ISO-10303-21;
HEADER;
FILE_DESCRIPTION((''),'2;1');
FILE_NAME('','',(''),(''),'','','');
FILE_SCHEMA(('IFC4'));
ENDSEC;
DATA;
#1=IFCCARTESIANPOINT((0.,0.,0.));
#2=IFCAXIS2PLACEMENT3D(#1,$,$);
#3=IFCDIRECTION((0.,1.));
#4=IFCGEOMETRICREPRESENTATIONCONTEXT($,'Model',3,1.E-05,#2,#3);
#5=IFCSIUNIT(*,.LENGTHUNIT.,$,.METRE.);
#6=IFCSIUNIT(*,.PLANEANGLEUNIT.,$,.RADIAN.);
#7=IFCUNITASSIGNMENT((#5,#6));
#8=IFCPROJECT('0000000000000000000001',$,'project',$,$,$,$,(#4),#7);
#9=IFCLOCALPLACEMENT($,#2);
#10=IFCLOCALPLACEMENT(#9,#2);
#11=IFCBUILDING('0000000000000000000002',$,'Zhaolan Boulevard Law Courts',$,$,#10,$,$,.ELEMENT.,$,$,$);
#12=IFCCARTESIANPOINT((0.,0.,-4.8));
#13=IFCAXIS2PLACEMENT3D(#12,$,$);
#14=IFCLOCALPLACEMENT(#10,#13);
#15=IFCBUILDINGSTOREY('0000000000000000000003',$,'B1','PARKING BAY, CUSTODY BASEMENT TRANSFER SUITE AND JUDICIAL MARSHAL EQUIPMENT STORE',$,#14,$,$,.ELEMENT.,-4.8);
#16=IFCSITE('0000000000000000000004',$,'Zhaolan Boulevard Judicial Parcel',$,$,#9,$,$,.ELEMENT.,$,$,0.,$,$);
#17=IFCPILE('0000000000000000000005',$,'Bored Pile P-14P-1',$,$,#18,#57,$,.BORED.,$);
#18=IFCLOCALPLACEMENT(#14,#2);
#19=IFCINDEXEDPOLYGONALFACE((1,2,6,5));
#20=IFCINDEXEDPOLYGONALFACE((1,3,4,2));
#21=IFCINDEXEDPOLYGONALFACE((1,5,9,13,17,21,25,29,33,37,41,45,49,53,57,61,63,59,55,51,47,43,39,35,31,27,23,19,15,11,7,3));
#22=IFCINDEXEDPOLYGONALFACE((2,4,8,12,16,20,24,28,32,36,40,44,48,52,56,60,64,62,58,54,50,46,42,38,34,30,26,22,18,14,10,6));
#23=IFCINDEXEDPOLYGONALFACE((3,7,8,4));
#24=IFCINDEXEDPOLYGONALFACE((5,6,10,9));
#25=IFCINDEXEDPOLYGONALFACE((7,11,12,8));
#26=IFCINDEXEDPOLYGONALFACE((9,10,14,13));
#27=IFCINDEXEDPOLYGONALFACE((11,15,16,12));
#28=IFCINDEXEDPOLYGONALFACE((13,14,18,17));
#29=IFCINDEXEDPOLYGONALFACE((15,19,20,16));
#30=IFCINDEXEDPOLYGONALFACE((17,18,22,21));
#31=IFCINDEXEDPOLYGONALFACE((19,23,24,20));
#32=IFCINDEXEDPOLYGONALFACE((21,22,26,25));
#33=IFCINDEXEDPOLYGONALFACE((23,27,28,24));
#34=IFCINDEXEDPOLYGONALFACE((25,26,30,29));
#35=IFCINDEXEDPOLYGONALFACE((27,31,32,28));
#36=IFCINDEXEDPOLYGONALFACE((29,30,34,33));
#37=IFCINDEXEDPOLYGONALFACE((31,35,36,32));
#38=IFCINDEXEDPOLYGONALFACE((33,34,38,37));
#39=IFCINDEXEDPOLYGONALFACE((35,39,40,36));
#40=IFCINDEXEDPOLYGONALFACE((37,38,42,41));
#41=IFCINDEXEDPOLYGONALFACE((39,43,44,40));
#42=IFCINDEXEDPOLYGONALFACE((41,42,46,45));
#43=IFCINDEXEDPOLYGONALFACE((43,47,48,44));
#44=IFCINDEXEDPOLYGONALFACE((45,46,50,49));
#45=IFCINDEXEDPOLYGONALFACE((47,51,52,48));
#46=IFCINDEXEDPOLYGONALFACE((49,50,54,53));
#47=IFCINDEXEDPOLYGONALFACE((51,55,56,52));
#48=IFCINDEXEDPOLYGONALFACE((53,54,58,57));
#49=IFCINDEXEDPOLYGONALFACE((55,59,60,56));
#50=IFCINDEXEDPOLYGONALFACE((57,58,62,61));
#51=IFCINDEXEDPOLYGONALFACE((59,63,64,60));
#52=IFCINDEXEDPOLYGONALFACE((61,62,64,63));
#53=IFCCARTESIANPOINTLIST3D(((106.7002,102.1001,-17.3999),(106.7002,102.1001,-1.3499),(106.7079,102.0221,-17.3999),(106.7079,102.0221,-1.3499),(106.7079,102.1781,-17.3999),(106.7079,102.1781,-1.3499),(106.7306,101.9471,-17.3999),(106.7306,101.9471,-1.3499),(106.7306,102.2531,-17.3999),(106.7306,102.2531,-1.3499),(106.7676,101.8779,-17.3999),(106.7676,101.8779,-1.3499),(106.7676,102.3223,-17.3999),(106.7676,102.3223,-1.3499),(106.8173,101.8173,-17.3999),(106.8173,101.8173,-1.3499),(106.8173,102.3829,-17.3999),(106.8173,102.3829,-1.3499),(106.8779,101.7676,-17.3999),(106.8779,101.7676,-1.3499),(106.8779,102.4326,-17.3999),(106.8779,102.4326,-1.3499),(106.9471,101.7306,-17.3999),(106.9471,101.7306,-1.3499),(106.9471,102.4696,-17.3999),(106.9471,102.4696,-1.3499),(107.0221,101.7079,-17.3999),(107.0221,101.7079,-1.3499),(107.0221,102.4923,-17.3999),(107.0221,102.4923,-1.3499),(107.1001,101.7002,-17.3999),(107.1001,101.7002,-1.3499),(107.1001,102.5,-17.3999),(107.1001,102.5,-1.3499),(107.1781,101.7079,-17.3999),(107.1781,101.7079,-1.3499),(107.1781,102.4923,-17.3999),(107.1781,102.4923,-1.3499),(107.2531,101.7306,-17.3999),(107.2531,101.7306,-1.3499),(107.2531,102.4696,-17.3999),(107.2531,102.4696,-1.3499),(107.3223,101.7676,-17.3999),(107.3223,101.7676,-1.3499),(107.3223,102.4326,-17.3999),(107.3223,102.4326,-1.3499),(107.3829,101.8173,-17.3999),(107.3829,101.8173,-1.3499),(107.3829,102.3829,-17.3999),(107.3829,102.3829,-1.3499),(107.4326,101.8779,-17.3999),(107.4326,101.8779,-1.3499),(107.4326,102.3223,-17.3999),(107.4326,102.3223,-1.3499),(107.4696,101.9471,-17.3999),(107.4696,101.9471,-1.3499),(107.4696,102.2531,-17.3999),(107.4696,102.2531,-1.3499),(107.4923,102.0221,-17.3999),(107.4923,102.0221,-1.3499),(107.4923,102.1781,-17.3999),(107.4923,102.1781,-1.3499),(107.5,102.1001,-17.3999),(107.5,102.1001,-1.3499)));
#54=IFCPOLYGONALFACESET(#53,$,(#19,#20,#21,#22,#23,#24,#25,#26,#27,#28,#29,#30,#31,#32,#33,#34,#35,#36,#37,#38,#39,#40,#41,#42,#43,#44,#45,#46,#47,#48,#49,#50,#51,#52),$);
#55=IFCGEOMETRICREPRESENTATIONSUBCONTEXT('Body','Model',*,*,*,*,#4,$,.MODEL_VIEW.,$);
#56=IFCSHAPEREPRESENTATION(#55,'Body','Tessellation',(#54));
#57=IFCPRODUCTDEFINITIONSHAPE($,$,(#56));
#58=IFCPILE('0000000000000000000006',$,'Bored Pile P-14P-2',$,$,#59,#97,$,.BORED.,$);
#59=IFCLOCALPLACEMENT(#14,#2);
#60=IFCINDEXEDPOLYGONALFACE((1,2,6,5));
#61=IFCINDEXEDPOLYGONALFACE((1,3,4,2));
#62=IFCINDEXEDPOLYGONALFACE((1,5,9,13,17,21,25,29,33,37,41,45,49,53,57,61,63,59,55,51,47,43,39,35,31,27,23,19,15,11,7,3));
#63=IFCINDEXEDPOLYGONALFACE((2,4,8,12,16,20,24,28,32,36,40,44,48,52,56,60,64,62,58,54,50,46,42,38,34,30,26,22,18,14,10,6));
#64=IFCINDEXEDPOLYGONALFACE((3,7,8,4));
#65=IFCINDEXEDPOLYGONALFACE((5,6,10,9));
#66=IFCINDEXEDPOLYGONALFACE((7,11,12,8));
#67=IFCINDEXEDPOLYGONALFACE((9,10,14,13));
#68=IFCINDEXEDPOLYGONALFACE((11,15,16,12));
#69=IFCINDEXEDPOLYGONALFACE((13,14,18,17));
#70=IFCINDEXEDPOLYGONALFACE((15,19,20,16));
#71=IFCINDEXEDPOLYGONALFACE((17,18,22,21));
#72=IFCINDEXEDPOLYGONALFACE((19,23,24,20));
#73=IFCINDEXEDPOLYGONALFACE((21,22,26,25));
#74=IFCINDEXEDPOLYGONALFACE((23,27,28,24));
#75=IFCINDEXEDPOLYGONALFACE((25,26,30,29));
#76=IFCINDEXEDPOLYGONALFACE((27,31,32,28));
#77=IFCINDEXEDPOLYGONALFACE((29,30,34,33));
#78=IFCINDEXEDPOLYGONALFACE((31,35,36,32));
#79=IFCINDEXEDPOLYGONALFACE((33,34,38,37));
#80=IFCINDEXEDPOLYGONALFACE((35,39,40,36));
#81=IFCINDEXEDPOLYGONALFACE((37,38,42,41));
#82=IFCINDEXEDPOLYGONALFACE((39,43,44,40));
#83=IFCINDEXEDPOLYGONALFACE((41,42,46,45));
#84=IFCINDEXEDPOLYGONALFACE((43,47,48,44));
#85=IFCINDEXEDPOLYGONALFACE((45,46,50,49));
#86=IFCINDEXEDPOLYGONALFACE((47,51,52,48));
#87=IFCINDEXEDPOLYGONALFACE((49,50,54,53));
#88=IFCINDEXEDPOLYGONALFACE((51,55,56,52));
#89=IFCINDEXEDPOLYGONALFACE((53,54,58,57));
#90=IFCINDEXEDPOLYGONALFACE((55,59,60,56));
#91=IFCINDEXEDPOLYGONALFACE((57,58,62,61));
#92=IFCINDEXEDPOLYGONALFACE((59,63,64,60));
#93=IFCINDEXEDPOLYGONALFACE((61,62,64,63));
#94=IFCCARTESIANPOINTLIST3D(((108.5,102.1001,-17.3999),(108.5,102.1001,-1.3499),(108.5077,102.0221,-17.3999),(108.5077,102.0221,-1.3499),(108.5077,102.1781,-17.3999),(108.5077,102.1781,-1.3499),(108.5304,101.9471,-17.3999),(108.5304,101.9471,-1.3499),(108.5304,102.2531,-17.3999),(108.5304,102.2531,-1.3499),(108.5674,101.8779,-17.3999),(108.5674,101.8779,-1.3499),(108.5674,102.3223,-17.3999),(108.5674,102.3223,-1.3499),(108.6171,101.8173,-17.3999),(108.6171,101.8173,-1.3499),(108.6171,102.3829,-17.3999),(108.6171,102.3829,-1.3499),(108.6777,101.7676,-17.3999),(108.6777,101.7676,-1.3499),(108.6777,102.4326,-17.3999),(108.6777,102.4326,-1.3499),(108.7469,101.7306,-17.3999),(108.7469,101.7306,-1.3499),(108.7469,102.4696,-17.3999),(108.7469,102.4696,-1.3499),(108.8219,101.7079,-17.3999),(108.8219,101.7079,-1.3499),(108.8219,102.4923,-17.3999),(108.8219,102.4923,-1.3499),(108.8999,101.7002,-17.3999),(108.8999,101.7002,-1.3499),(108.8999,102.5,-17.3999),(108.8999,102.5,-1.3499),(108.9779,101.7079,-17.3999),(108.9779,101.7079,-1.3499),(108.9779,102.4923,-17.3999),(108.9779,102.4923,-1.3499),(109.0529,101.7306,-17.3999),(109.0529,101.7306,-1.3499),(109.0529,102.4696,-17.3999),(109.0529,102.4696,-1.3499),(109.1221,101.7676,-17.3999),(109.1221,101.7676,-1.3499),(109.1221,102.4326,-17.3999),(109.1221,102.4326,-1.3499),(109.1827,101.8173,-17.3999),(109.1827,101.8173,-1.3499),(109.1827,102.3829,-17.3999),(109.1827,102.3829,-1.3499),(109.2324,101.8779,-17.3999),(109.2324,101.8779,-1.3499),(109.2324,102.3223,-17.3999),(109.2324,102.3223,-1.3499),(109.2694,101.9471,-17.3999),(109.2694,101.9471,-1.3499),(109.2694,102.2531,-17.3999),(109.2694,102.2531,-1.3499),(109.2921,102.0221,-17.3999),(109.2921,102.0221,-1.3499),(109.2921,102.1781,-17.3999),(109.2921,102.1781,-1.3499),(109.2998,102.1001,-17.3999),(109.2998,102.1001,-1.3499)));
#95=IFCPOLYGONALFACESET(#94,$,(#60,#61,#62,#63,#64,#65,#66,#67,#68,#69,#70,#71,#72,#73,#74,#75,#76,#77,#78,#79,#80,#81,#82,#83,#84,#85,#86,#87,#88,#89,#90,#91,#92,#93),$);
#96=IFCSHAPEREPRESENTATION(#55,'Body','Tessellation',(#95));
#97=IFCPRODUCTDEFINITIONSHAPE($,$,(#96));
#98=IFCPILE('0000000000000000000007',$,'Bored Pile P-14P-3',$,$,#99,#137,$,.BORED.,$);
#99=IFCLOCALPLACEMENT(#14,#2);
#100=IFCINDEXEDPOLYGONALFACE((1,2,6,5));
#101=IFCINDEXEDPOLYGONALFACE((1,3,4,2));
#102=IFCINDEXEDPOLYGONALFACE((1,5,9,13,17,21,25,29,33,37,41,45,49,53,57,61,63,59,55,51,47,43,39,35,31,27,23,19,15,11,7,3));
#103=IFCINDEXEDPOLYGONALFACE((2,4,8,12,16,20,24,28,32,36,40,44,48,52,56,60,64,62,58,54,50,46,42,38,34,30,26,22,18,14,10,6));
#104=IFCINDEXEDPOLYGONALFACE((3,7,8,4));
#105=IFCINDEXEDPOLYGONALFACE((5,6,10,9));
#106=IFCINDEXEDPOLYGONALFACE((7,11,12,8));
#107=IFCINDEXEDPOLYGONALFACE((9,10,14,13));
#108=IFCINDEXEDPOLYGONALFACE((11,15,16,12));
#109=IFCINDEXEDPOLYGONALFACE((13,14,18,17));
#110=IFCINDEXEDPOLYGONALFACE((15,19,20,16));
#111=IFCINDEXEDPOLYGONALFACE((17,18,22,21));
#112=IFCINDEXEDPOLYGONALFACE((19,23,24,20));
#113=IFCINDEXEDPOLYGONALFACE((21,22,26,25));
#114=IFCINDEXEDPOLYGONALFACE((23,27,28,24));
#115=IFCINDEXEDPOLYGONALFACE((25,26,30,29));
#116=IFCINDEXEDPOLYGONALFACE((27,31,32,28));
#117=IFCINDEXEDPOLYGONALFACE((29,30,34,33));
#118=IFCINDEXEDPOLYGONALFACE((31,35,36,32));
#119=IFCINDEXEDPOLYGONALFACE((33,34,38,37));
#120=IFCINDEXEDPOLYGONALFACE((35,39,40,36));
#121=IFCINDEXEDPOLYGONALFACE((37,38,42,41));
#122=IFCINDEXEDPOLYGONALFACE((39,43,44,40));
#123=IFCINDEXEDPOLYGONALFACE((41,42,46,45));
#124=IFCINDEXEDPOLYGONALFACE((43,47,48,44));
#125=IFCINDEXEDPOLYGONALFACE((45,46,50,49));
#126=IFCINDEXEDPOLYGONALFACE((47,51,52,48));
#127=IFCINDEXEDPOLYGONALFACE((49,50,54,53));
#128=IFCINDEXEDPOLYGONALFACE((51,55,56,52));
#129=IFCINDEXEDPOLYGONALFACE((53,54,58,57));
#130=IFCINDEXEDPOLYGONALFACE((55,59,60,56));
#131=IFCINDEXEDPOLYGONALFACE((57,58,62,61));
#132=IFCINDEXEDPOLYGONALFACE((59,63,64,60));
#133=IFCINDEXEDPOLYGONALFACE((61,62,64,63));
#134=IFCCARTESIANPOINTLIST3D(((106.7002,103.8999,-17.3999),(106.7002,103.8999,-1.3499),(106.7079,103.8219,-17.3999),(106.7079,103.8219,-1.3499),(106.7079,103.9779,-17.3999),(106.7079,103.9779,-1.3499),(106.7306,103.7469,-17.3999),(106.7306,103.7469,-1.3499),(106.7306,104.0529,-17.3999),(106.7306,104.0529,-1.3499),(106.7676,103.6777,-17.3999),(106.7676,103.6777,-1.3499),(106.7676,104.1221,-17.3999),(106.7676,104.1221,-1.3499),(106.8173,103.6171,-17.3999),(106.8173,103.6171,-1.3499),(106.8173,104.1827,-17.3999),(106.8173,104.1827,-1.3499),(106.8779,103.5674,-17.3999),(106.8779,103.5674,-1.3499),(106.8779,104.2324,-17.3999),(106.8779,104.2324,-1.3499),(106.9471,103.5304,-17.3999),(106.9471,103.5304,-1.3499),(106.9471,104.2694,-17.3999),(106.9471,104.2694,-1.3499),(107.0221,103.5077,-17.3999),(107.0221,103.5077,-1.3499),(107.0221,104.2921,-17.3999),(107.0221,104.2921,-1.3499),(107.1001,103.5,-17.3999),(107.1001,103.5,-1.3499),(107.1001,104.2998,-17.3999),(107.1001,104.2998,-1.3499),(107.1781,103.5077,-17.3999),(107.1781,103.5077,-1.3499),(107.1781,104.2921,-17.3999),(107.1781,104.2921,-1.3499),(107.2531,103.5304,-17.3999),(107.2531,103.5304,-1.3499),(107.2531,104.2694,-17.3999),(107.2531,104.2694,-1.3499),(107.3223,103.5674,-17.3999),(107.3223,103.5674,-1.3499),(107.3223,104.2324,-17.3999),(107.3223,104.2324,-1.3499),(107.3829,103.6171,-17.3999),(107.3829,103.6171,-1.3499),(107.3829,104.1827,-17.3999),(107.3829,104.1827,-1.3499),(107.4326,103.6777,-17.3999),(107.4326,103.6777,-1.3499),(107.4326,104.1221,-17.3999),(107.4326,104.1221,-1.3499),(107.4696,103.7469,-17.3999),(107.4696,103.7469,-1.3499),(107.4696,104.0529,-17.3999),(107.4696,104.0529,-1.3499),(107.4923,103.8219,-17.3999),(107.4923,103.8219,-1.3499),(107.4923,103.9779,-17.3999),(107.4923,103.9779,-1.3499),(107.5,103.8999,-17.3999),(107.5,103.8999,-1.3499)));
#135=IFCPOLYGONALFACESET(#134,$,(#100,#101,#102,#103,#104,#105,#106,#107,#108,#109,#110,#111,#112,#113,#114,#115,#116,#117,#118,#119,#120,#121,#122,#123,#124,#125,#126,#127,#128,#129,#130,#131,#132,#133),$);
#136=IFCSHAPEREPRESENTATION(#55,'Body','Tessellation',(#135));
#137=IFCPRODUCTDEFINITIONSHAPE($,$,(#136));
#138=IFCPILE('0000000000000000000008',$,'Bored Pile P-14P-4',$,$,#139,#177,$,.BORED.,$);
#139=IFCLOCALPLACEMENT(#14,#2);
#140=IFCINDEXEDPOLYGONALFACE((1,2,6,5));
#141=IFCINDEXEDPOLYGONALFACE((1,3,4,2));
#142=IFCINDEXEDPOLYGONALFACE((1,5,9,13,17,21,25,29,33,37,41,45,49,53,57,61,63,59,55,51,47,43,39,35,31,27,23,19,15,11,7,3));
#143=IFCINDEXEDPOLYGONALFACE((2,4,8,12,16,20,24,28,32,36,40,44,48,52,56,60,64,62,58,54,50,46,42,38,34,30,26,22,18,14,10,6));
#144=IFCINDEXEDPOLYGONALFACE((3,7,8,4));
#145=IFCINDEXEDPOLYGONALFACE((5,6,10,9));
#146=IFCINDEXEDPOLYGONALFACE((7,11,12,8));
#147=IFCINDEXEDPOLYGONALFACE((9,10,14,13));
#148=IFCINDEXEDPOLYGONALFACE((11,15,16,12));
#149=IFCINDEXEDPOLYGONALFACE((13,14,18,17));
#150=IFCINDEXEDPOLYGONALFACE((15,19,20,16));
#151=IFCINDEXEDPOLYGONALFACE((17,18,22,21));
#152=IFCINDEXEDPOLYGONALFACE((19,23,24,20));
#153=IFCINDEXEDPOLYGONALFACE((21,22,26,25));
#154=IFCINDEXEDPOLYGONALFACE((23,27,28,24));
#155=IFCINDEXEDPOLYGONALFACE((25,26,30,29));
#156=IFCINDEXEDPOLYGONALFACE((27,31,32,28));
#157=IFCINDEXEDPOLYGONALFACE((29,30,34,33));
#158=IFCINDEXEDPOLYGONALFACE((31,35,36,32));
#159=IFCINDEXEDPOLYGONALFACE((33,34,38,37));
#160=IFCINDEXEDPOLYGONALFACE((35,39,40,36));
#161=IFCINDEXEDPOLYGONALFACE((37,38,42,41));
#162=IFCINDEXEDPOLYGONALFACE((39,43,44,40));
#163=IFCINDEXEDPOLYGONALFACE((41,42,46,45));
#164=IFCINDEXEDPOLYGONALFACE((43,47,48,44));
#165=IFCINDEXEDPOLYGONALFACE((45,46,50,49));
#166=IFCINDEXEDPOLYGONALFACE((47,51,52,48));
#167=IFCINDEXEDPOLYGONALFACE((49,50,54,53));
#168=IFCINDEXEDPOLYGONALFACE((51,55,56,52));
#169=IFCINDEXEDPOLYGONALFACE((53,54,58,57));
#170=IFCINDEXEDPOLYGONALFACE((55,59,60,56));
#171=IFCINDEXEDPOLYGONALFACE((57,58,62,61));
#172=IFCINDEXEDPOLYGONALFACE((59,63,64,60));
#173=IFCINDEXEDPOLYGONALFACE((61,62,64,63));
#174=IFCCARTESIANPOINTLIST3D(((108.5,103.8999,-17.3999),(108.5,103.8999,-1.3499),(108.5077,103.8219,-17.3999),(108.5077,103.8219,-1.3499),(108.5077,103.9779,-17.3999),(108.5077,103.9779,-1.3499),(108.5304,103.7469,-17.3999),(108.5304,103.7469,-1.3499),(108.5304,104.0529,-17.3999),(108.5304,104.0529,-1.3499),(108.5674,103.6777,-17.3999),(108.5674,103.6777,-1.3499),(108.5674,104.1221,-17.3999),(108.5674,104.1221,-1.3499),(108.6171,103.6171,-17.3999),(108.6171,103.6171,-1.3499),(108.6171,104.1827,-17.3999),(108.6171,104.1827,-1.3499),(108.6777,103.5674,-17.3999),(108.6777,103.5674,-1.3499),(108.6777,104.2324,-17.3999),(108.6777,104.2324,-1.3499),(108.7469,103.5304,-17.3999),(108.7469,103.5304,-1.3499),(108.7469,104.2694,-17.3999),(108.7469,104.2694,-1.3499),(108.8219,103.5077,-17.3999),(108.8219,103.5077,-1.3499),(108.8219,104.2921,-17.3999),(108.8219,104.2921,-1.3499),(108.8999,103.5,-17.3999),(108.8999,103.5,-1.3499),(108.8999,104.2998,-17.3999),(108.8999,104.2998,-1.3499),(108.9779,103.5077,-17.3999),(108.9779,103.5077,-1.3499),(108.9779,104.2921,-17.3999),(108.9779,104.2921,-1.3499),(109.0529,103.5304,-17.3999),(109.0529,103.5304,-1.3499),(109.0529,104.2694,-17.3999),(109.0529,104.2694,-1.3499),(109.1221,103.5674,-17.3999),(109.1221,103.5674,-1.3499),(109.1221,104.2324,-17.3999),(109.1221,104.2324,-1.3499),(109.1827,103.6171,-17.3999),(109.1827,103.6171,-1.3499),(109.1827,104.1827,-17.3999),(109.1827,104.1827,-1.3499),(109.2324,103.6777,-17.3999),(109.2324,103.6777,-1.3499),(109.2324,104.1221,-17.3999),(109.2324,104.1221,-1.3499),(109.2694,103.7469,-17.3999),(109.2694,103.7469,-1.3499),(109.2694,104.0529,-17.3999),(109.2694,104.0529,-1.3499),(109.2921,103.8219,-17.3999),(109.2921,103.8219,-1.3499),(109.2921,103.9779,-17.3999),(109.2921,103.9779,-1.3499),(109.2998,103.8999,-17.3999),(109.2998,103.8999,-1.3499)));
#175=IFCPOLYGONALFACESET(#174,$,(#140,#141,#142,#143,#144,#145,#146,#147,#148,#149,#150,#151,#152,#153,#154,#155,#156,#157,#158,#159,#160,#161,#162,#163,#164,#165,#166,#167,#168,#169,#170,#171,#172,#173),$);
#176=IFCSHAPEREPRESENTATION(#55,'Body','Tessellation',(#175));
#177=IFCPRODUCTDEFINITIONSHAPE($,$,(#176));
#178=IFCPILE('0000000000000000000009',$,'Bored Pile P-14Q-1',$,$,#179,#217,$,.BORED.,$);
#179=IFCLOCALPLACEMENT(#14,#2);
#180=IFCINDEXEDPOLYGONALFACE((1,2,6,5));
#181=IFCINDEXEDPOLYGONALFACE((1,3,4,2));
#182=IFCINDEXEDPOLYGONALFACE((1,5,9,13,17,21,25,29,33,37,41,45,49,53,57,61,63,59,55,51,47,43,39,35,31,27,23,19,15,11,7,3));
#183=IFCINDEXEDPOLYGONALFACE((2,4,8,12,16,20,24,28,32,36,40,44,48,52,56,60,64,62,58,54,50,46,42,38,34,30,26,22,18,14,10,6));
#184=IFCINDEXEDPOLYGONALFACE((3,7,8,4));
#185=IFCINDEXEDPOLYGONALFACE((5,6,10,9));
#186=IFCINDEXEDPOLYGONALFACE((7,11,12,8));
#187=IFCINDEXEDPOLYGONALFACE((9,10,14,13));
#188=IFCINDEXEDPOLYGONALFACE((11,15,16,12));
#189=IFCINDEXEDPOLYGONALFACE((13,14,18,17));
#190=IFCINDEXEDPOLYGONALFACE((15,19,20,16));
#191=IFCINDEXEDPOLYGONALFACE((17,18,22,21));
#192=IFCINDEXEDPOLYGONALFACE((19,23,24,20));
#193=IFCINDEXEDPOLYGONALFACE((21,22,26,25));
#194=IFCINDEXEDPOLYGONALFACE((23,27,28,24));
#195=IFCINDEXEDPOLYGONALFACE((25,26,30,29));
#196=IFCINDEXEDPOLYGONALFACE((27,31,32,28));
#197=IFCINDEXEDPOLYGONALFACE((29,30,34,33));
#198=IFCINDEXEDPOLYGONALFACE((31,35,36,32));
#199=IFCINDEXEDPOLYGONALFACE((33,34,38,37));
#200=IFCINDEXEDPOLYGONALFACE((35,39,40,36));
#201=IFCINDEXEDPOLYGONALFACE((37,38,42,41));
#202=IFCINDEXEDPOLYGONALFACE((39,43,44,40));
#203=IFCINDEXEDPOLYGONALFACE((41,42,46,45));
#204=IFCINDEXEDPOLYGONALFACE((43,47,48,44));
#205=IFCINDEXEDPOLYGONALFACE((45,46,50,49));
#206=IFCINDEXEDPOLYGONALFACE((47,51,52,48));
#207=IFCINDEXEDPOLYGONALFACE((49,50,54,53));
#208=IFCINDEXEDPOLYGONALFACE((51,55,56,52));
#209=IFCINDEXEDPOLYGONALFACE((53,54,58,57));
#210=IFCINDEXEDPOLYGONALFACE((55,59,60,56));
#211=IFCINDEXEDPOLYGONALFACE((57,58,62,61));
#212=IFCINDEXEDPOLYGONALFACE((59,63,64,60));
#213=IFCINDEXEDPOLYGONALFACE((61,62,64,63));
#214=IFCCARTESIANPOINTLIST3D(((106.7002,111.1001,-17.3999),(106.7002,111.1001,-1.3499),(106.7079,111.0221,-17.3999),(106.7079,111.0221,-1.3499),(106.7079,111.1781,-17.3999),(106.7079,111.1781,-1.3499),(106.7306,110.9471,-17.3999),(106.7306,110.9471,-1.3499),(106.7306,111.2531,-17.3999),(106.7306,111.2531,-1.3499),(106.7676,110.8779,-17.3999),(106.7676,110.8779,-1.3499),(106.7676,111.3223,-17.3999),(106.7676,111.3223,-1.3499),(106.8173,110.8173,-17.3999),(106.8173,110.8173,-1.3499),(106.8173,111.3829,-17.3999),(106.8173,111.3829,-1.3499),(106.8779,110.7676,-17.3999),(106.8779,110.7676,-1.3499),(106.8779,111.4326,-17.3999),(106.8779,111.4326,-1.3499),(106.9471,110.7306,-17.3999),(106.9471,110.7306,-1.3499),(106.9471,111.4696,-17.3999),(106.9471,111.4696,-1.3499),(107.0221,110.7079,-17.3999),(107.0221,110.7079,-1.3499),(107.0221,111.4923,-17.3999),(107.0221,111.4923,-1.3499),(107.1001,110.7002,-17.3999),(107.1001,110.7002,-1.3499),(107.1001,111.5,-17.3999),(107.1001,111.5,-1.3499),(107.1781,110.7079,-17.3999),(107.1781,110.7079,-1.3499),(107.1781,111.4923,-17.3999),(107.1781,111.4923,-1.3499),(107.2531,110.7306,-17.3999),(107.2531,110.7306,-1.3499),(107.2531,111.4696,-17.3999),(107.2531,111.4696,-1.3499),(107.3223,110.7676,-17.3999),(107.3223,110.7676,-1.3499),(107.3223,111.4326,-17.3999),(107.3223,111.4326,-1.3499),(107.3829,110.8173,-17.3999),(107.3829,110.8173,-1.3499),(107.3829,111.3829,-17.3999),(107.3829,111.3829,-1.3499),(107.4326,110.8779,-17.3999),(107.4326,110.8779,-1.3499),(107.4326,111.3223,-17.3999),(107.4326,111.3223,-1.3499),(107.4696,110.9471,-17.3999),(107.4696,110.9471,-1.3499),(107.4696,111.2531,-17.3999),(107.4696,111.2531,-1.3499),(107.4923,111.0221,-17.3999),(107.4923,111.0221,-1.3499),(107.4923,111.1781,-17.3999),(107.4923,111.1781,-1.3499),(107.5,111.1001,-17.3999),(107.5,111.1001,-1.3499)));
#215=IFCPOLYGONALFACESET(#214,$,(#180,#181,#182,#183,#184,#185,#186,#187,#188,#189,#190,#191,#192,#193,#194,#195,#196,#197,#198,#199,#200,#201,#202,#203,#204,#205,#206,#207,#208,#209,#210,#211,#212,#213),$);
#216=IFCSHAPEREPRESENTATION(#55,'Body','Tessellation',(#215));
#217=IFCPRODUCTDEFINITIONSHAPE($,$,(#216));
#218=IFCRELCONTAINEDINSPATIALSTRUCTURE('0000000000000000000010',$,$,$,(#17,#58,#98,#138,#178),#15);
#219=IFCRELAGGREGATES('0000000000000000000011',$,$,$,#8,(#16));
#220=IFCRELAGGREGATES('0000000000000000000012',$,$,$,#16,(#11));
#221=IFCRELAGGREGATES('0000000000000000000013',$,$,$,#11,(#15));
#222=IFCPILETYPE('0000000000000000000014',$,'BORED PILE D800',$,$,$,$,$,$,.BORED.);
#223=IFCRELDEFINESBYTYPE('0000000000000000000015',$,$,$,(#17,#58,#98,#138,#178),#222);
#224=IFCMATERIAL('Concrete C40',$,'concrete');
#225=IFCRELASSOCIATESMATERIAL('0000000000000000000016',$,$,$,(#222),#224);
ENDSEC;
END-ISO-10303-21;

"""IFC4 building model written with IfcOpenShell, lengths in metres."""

from ifc_helpers import new_model, si_unit, direction, frame, origin, origin_2d, place, context, subcontext, project, spatial, circle, extrude, material, material_profile, profile_set, type_object, element, save


model = new_model("IFC4")

# Units and contexts
model_context = context("Model", 3, precision=1e-05, world=origin(), true_north=direction((0.0, 1.0)))
body_context = subcontext(model_context, "Body", "Model", "MODEL_VIEW")
ifc_project = project(units=[si_unit("LENGTHUNIT", "METRE"), si_unit("PLANEANGLEUNIT", "RADIAN")], contexts=[model_context])

# Site, building, storey
site_placement = place(None, origin())
site = spatial("IfcSite", under=ifc_project, at=site_placement, Name="Zhaolan Boulevard Judicial Parcel", CompositionType="ELEMENT", RefElevation=0.0)
building_placement = place(site_placement, origin())
building = spatial("IfcBuilding", under=site, at=building_placement, Name="Zhaolan Boulevard Law Courts", CompositionType="ELEMENT")
storey_placement = place(building_placement, frame((0.0, 0.0, -4.8)))
storey = spatial("IfcBuildingStorey", under=building, at=storey_placement, Name="B1", Description="PARKING BAY, CUSTODY BASEMENT TRANSFER SUITE AND JUDICIAL MARSHAL EQUIPMENT STORE", CompositionType="ELEMENT", Elevation=-4.8)

# Piles
ifc_material_1 = material(Name="Concrete C40", Category="concrete")
ifc_material_profile_1 = material_profile(ifc_material_1, circle(Radius=0.3999, at=origin_2d()), Name="PILE-D800")
ifc_profile_set_1 = profile_set([ifc_material_profile_1], Name="Concrete C40")
pile_type_1 = type_object("IfcPileType", Name="BORED PILE D800", PredefinedType="BORED", material=ifc_profile_set_1)
for number, where, z_axis, x_axis, name in (
    (1, (107.1001, 102.1001, -1.3499), (0.0, 0.0, -1.0), (1.0, 0.0, 0.0), "Bored Pile P-14P-1"),
    (2, (108.8999, 102.1001, -1.3499), (0.0, 0.0, -1.0), (1.0, 0.0, 0.0), "Bored Pile P-14P-2"),
    (3, (107.1001, 103.8999, -1.3499), (0.0, 0.0, -1.0), (1.0, 0.0, 0.0), "Bored Pile P-14P-3"),
    (4, (108.8999, 103.8999, -1.3499), (0.0, 0.0, -1.0), (1.0, 0.0, 0.0), "Bored Pile P-14P-4"),
    (5, (107.1001, 111.1001, -1.3499), (0.0, 0.0, -1.0), (1.0, 0.0, 0.0), "Bored Pile P-14Q-1"),
):
    element("IfcPile", number, at=place(storey_placement, frame(where, z_axis=z_axis, x_axis=x_axis)), inside=storey, type_object=pile_type_1, Name=name, PredefinedType="BORED", context=body_context, shape_type="SweptSolid", body=[
        extrude(circle(Radius=0.3999, at=origin_2d()), origin(), (0.0, 0.0, 1.0), 16.05),
    ])

save(model, "model.ifc")
